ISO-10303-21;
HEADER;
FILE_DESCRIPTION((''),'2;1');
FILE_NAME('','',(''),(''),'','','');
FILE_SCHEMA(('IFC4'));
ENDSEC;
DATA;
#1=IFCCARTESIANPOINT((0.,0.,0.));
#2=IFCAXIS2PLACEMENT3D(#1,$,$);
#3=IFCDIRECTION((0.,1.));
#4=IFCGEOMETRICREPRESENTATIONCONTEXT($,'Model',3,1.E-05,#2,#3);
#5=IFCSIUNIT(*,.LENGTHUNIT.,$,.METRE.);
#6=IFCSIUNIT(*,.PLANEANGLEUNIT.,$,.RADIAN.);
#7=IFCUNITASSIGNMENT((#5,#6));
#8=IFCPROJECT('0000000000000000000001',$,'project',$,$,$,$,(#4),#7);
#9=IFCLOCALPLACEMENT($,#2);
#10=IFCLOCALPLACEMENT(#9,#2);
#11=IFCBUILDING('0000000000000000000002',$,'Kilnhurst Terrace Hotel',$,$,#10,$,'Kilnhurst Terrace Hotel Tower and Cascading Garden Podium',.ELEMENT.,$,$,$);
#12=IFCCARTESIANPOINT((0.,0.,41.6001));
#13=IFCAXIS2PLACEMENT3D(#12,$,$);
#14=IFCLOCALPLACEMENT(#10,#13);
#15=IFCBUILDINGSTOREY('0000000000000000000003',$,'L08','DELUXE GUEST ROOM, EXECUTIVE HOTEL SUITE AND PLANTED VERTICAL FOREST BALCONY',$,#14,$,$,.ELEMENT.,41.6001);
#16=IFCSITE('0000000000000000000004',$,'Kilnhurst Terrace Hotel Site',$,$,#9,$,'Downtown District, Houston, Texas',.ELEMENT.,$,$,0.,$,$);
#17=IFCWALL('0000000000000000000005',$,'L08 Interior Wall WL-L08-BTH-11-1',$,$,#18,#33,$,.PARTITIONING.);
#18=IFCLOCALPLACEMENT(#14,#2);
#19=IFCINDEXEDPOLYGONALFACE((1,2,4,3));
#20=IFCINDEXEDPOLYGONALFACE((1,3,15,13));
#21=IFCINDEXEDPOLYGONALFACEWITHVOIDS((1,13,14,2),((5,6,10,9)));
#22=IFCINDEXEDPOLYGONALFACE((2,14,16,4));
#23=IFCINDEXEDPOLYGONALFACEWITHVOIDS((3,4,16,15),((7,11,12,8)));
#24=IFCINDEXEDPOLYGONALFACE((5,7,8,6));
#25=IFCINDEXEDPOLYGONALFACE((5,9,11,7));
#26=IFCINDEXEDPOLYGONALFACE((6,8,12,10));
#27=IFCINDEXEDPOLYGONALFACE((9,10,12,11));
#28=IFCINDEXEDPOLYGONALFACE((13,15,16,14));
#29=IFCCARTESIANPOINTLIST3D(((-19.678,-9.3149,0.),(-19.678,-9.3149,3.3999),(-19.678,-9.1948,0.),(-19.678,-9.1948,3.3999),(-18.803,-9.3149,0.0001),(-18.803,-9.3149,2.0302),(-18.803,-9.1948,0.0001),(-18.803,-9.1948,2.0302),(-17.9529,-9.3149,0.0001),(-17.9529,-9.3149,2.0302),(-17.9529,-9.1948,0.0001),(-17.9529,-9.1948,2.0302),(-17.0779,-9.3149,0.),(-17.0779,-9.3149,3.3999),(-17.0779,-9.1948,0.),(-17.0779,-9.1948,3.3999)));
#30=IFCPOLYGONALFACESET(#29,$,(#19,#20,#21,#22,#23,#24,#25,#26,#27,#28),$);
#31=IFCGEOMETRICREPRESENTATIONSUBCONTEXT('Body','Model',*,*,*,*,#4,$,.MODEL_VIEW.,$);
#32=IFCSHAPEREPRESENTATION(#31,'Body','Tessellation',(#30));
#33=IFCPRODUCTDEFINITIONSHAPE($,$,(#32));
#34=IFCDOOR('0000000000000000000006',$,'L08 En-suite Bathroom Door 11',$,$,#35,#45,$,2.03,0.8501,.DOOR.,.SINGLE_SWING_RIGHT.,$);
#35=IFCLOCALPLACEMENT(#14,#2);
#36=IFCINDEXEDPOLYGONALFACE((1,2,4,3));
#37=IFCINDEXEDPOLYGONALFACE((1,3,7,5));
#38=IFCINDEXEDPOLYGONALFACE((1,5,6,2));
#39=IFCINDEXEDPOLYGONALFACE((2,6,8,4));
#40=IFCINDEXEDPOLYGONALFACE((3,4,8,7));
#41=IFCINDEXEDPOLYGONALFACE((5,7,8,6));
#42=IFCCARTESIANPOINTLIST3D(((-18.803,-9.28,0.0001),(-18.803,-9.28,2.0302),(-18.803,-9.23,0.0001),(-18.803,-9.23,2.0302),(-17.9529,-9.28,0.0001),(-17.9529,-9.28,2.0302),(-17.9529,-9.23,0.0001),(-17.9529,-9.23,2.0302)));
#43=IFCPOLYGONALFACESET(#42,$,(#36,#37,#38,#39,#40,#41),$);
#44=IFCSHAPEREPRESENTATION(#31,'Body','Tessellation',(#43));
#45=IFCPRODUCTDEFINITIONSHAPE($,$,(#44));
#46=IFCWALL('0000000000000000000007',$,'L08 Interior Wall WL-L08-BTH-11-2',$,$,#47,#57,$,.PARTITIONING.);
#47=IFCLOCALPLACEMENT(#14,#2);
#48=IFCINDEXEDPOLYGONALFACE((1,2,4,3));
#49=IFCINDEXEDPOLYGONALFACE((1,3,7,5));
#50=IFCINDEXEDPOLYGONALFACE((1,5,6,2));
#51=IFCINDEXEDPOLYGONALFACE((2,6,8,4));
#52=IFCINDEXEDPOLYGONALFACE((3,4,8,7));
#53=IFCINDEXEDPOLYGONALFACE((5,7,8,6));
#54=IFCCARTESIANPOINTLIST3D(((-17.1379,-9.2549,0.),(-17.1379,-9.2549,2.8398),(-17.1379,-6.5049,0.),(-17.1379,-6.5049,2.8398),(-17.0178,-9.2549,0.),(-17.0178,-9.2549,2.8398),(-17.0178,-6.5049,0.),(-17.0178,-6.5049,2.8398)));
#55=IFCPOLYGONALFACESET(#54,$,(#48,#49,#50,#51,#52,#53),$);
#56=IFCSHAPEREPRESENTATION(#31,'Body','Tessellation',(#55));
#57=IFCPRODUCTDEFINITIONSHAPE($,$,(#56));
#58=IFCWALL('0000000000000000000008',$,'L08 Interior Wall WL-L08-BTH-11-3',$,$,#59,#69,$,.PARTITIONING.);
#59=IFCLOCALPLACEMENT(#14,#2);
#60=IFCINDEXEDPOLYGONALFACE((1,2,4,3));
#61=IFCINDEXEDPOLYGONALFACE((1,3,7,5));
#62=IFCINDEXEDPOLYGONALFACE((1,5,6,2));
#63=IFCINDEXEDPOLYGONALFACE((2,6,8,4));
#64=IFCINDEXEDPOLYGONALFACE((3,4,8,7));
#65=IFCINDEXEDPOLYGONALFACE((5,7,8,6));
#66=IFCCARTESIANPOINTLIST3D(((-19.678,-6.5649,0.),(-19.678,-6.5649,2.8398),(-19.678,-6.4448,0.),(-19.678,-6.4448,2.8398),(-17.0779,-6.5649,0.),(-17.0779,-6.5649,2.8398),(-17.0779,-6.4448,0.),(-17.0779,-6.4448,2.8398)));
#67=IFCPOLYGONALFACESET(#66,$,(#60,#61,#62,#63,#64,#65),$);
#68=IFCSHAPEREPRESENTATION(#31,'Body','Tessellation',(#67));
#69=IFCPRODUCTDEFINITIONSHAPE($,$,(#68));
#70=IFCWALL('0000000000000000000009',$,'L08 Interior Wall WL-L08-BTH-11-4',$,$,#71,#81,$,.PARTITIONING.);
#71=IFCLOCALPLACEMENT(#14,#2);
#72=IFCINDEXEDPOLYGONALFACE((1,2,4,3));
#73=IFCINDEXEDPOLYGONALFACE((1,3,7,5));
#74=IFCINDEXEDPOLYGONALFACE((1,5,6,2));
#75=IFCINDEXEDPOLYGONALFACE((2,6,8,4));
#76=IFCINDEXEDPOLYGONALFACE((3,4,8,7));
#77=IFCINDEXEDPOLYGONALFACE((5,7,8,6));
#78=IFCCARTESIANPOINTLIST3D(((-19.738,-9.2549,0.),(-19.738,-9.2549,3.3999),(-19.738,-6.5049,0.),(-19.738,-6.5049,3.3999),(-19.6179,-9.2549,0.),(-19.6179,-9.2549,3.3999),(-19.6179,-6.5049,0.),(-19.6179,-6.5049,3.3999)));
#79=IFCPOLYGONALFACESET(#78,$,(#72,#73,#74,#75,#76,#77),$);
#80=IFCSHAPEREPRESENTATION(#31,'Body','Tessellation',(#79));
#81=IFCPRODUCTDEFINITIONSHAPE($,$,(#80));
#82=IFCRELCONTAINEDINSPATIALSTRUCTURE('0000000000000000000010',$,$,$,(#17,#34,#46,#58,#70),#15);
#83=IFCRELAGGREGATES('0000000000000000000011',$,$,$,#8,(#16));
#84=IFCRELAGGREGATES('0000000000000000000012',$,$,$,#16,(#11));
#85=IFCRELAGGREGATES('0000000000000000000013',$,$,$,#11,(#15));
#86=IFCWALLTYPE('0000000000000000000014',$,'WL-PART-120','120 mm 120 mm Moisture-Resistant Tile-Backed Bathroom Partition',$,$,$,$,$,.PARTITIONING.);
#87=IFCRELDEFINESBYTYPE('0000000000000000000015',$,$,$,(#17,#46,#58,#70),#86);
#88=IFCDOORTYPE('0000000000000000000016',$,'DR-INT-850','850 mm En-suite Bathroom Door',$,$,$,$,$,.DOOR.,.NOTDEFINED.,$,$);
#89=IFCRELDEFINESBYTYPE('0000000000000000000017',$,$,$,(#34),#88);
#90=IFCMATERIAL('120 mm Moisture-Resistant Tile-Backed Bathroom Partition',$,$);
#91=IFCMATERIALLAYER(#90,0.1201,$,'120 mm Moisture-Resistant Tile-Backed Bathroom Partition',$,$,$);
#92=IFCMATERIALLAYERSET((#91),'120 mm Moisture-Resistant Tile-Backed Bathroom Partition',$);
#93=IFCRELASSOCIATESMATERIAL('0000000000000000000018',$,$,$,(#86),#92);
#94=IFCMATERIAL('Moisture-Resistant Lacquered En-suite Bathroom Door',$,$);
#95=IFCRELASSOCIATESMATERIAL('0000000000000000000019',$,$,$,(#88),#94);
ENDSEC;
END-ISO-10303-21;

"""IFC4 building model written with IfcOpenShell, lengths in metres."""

from ifc_helpers import new_model, si_unit, direction, frame, frame_2d, origin, place, context, subcontext, project, spatial, rectangle, extrude, material, layer, layer_set, type_object, element, fill, save


model = new_model("IFC4")

# Units and contexts
model_context = context("Model", 3, precision=1e-05, world=origin(), true_north=direction((0.0, 1.0)))
body_context = subcontext(model_context, "Body", "Model", "MODEL_VIEW")
ifc_project = project(units=[si_unit("LENGTHUNIT", "METRE"), si_unit("PLANEANGLEUNIT", "RADIAN")], contexts=[model_context])

# Site, building, storey
site_placement = place(None, origin())
site = spatial("IfcSite", under=ifc_project, at=site_placement, Name="Kilnhurst Terrace Hotel Site", LongName="Downtown District, Houston, Texas", CompositionType="ELEMENT", RefElevation=0.0)
building_placement = place(site_placement, origin())
building = spatial("IfcBuilding", under=site, at=building_placement, Name="Kilnhurst Terrace Hotel", LongName="Kilnhurst Terrace Hotel Tower and Cascading Garden Podium", CompositionType="ELEMENT")
storey_placement = place(building_placement, frame((0.0, 0.0, 41.6001)))
storey = spatial("IfcBuildingStorey", under=building, at=storey_placement, Name="L08", Description="DELUXE GUEST ROOM, EXECUTIVE HOTEL SUITE AND PLANTED VERTICAL FOREST BALCONY", CompositionType="ELEMENT", Elevation=41.6001)

# Wall, opening, door
ifc_material_1 = material(Name="120 mm Moisture-Resistant Tile-Backed Bathroom Partition")
ifc_layer_1 = layer(ifc_material_1, 0.1201, Name="120 mm Moisture-Resistant Tile-Backed Bathroom Partition")
ifc_layer_set_1 = layer_set([ifc_layer_1], Name="120 mm Moisture-Resistant Tile-Backed Bathroom Partition")
wall_type_1 = type_object("IfcWallType", Name="WL-PART-120", Description="120 mm 120 mm Moisture-Resistant Tile-Backed Bathroom Partition", PredefinedType="PARTITIONING", material=ifc_layer_set_1)
wall_1_placement = place(storey_placement, frame((-19.678, -9.2549, 0.0), z_axis=(0.0, 0.0, 1.0), x_axis=(1.0, 0.0, 0.0)))
wall_1 = element("IfcWall", 1, at=wall_1_placement, inside=storey, type_object=wall_type_1, Name="L08 Interior Wall WL-L08-BTH-11-1", PredefinedType="PARTITIONING", context=body_context, shape_type="SweptSolid", body=[
    extrude(rectangle(XDim=2.6001, YDim=0.1201, at=frame_2d((1.3, 0.0))), origin(), (0.0, 0.0, 1.0), 3.3999),
])
opening_1_placement = place(wall_1_placement, frame((0.875, 0.0, 0.0)))
opening_1 = element("IfcOpeningElement", 2, at=opening_1_placement, cuts=wall_1, PredefinedType="OPENING", context=body_context, shape_type="SweptSolid", body=[
    extrude(rectangle(XDim=0.8501, YDim=2.03, at=frame_2d((0.425, 1.0151))), frame((0.0, 0.0701, 0.0), z_axis=(0.0, -1.0, 0.0), x_axis=(1.0, 0.0, 0.0)), (0.0, 0.0, 1.0), 0.1401),
])
ifc_material_2 = material(Name="Moisture-Resistant Lacquered En-suite Bathroom Door")
door_type_1 = type_object("IfcDoorType", Name="DR-INT-850", Description="850 mm En-suite Bathroom Door", OperationType="NOTDEFINED", PredefinedType="DOOR", material=ifc_material_2)
door_1_placement = place(opening_1_placement, origin())
door_1 = element("IfcDoor", 3, at=door_1_placement, inside=storey, type_object=door_type_1, Name="L08 En-suite Bathroom Door 11", OperationType="SINGLE_SWING_RIGHT", OverallHeight=2.03, OverallWidth=0.8501, PredefinedType="DOOR", context=body_context, shape_type="SweptSolid", body=[
    extrude(rectangle(XDim=0.8501, YDim=2.03, at=frame_2d((0.425, 1.0151))), frame((0.0, 0.0249, 0.0), z_axis=(0.0, -1.0, 0.0), x_axis=(1.0, 0.0, 0.0)), (0.0, 0.0, 1.0), 0.05),
])
fill(opening_1, door_1)

# Walls
wall_2_placement = place(storey_placement, frame((-17.0779, -9.2549, 0.0), z_axis=(0.0, 0.0, 1.0), x_axis=(0.0, 1.0, 0.0)))
element("IfcWall", 4, at=wall_2_placement, inside=storey, type_object=wall_type_1, Name="L08 Interior Wall WL-L08-BTH-11-2", PredefinedType="PARTITIONING", context=body_context, shape_type="SweptSolid", body=[
    extrude(rectangle(XDim=2.75, YDim=0.1201, at=frame_2d((1.375, 0.0))), origin(), (0.0, 0.0, 1.0), 2.8398),
])
wall_3_placement = place(storey_placement, frame((-17.0779, -6.5049, 0.0), z_axis=(0.0, 0.0, 1.0), x_axis=(-1.0, 0.0, 0.0)))
element("IfcWall", 5, at=wall_3_placement, inside=storey, type_object=wall_type_1, Name="L08 Interior Wall WL-L08-BTH-11-3", PredefinedType="PARTITIONING", context=body_context, shape_type="SweptSolid", body=[
    extrude(rectangle(XDim=2.6001, YDim=0.1201, at=frame_2d((1.3, 0.0))), origin(), (0.0, 0.0, 1.0), 2.8398),
])
wall_4_placement = place(storey_placement, frame((-19.678, -6.5049, 0.0), z_axis=(0.0, 0.0, 1.0), x_axis=(0.0, -1.0, 0.0)))
element("IfcWall", 6, at=wall_4_placement, inside=storey, type_object=wall_type_1, Name="L08 Interior Wall WL-L08-BTH-11-4", PredefinedType="PARTITIONING", context=body_context, shape_type="SweptSolid", body=[
    extrude(rectangle(XDim=2.75, YDim=0.1201, at=frame_2d((1.375, 0.0))), origin(), (0.0, 0.0, 1.0), 3.3999),
])

save(model, "model.ifc")
